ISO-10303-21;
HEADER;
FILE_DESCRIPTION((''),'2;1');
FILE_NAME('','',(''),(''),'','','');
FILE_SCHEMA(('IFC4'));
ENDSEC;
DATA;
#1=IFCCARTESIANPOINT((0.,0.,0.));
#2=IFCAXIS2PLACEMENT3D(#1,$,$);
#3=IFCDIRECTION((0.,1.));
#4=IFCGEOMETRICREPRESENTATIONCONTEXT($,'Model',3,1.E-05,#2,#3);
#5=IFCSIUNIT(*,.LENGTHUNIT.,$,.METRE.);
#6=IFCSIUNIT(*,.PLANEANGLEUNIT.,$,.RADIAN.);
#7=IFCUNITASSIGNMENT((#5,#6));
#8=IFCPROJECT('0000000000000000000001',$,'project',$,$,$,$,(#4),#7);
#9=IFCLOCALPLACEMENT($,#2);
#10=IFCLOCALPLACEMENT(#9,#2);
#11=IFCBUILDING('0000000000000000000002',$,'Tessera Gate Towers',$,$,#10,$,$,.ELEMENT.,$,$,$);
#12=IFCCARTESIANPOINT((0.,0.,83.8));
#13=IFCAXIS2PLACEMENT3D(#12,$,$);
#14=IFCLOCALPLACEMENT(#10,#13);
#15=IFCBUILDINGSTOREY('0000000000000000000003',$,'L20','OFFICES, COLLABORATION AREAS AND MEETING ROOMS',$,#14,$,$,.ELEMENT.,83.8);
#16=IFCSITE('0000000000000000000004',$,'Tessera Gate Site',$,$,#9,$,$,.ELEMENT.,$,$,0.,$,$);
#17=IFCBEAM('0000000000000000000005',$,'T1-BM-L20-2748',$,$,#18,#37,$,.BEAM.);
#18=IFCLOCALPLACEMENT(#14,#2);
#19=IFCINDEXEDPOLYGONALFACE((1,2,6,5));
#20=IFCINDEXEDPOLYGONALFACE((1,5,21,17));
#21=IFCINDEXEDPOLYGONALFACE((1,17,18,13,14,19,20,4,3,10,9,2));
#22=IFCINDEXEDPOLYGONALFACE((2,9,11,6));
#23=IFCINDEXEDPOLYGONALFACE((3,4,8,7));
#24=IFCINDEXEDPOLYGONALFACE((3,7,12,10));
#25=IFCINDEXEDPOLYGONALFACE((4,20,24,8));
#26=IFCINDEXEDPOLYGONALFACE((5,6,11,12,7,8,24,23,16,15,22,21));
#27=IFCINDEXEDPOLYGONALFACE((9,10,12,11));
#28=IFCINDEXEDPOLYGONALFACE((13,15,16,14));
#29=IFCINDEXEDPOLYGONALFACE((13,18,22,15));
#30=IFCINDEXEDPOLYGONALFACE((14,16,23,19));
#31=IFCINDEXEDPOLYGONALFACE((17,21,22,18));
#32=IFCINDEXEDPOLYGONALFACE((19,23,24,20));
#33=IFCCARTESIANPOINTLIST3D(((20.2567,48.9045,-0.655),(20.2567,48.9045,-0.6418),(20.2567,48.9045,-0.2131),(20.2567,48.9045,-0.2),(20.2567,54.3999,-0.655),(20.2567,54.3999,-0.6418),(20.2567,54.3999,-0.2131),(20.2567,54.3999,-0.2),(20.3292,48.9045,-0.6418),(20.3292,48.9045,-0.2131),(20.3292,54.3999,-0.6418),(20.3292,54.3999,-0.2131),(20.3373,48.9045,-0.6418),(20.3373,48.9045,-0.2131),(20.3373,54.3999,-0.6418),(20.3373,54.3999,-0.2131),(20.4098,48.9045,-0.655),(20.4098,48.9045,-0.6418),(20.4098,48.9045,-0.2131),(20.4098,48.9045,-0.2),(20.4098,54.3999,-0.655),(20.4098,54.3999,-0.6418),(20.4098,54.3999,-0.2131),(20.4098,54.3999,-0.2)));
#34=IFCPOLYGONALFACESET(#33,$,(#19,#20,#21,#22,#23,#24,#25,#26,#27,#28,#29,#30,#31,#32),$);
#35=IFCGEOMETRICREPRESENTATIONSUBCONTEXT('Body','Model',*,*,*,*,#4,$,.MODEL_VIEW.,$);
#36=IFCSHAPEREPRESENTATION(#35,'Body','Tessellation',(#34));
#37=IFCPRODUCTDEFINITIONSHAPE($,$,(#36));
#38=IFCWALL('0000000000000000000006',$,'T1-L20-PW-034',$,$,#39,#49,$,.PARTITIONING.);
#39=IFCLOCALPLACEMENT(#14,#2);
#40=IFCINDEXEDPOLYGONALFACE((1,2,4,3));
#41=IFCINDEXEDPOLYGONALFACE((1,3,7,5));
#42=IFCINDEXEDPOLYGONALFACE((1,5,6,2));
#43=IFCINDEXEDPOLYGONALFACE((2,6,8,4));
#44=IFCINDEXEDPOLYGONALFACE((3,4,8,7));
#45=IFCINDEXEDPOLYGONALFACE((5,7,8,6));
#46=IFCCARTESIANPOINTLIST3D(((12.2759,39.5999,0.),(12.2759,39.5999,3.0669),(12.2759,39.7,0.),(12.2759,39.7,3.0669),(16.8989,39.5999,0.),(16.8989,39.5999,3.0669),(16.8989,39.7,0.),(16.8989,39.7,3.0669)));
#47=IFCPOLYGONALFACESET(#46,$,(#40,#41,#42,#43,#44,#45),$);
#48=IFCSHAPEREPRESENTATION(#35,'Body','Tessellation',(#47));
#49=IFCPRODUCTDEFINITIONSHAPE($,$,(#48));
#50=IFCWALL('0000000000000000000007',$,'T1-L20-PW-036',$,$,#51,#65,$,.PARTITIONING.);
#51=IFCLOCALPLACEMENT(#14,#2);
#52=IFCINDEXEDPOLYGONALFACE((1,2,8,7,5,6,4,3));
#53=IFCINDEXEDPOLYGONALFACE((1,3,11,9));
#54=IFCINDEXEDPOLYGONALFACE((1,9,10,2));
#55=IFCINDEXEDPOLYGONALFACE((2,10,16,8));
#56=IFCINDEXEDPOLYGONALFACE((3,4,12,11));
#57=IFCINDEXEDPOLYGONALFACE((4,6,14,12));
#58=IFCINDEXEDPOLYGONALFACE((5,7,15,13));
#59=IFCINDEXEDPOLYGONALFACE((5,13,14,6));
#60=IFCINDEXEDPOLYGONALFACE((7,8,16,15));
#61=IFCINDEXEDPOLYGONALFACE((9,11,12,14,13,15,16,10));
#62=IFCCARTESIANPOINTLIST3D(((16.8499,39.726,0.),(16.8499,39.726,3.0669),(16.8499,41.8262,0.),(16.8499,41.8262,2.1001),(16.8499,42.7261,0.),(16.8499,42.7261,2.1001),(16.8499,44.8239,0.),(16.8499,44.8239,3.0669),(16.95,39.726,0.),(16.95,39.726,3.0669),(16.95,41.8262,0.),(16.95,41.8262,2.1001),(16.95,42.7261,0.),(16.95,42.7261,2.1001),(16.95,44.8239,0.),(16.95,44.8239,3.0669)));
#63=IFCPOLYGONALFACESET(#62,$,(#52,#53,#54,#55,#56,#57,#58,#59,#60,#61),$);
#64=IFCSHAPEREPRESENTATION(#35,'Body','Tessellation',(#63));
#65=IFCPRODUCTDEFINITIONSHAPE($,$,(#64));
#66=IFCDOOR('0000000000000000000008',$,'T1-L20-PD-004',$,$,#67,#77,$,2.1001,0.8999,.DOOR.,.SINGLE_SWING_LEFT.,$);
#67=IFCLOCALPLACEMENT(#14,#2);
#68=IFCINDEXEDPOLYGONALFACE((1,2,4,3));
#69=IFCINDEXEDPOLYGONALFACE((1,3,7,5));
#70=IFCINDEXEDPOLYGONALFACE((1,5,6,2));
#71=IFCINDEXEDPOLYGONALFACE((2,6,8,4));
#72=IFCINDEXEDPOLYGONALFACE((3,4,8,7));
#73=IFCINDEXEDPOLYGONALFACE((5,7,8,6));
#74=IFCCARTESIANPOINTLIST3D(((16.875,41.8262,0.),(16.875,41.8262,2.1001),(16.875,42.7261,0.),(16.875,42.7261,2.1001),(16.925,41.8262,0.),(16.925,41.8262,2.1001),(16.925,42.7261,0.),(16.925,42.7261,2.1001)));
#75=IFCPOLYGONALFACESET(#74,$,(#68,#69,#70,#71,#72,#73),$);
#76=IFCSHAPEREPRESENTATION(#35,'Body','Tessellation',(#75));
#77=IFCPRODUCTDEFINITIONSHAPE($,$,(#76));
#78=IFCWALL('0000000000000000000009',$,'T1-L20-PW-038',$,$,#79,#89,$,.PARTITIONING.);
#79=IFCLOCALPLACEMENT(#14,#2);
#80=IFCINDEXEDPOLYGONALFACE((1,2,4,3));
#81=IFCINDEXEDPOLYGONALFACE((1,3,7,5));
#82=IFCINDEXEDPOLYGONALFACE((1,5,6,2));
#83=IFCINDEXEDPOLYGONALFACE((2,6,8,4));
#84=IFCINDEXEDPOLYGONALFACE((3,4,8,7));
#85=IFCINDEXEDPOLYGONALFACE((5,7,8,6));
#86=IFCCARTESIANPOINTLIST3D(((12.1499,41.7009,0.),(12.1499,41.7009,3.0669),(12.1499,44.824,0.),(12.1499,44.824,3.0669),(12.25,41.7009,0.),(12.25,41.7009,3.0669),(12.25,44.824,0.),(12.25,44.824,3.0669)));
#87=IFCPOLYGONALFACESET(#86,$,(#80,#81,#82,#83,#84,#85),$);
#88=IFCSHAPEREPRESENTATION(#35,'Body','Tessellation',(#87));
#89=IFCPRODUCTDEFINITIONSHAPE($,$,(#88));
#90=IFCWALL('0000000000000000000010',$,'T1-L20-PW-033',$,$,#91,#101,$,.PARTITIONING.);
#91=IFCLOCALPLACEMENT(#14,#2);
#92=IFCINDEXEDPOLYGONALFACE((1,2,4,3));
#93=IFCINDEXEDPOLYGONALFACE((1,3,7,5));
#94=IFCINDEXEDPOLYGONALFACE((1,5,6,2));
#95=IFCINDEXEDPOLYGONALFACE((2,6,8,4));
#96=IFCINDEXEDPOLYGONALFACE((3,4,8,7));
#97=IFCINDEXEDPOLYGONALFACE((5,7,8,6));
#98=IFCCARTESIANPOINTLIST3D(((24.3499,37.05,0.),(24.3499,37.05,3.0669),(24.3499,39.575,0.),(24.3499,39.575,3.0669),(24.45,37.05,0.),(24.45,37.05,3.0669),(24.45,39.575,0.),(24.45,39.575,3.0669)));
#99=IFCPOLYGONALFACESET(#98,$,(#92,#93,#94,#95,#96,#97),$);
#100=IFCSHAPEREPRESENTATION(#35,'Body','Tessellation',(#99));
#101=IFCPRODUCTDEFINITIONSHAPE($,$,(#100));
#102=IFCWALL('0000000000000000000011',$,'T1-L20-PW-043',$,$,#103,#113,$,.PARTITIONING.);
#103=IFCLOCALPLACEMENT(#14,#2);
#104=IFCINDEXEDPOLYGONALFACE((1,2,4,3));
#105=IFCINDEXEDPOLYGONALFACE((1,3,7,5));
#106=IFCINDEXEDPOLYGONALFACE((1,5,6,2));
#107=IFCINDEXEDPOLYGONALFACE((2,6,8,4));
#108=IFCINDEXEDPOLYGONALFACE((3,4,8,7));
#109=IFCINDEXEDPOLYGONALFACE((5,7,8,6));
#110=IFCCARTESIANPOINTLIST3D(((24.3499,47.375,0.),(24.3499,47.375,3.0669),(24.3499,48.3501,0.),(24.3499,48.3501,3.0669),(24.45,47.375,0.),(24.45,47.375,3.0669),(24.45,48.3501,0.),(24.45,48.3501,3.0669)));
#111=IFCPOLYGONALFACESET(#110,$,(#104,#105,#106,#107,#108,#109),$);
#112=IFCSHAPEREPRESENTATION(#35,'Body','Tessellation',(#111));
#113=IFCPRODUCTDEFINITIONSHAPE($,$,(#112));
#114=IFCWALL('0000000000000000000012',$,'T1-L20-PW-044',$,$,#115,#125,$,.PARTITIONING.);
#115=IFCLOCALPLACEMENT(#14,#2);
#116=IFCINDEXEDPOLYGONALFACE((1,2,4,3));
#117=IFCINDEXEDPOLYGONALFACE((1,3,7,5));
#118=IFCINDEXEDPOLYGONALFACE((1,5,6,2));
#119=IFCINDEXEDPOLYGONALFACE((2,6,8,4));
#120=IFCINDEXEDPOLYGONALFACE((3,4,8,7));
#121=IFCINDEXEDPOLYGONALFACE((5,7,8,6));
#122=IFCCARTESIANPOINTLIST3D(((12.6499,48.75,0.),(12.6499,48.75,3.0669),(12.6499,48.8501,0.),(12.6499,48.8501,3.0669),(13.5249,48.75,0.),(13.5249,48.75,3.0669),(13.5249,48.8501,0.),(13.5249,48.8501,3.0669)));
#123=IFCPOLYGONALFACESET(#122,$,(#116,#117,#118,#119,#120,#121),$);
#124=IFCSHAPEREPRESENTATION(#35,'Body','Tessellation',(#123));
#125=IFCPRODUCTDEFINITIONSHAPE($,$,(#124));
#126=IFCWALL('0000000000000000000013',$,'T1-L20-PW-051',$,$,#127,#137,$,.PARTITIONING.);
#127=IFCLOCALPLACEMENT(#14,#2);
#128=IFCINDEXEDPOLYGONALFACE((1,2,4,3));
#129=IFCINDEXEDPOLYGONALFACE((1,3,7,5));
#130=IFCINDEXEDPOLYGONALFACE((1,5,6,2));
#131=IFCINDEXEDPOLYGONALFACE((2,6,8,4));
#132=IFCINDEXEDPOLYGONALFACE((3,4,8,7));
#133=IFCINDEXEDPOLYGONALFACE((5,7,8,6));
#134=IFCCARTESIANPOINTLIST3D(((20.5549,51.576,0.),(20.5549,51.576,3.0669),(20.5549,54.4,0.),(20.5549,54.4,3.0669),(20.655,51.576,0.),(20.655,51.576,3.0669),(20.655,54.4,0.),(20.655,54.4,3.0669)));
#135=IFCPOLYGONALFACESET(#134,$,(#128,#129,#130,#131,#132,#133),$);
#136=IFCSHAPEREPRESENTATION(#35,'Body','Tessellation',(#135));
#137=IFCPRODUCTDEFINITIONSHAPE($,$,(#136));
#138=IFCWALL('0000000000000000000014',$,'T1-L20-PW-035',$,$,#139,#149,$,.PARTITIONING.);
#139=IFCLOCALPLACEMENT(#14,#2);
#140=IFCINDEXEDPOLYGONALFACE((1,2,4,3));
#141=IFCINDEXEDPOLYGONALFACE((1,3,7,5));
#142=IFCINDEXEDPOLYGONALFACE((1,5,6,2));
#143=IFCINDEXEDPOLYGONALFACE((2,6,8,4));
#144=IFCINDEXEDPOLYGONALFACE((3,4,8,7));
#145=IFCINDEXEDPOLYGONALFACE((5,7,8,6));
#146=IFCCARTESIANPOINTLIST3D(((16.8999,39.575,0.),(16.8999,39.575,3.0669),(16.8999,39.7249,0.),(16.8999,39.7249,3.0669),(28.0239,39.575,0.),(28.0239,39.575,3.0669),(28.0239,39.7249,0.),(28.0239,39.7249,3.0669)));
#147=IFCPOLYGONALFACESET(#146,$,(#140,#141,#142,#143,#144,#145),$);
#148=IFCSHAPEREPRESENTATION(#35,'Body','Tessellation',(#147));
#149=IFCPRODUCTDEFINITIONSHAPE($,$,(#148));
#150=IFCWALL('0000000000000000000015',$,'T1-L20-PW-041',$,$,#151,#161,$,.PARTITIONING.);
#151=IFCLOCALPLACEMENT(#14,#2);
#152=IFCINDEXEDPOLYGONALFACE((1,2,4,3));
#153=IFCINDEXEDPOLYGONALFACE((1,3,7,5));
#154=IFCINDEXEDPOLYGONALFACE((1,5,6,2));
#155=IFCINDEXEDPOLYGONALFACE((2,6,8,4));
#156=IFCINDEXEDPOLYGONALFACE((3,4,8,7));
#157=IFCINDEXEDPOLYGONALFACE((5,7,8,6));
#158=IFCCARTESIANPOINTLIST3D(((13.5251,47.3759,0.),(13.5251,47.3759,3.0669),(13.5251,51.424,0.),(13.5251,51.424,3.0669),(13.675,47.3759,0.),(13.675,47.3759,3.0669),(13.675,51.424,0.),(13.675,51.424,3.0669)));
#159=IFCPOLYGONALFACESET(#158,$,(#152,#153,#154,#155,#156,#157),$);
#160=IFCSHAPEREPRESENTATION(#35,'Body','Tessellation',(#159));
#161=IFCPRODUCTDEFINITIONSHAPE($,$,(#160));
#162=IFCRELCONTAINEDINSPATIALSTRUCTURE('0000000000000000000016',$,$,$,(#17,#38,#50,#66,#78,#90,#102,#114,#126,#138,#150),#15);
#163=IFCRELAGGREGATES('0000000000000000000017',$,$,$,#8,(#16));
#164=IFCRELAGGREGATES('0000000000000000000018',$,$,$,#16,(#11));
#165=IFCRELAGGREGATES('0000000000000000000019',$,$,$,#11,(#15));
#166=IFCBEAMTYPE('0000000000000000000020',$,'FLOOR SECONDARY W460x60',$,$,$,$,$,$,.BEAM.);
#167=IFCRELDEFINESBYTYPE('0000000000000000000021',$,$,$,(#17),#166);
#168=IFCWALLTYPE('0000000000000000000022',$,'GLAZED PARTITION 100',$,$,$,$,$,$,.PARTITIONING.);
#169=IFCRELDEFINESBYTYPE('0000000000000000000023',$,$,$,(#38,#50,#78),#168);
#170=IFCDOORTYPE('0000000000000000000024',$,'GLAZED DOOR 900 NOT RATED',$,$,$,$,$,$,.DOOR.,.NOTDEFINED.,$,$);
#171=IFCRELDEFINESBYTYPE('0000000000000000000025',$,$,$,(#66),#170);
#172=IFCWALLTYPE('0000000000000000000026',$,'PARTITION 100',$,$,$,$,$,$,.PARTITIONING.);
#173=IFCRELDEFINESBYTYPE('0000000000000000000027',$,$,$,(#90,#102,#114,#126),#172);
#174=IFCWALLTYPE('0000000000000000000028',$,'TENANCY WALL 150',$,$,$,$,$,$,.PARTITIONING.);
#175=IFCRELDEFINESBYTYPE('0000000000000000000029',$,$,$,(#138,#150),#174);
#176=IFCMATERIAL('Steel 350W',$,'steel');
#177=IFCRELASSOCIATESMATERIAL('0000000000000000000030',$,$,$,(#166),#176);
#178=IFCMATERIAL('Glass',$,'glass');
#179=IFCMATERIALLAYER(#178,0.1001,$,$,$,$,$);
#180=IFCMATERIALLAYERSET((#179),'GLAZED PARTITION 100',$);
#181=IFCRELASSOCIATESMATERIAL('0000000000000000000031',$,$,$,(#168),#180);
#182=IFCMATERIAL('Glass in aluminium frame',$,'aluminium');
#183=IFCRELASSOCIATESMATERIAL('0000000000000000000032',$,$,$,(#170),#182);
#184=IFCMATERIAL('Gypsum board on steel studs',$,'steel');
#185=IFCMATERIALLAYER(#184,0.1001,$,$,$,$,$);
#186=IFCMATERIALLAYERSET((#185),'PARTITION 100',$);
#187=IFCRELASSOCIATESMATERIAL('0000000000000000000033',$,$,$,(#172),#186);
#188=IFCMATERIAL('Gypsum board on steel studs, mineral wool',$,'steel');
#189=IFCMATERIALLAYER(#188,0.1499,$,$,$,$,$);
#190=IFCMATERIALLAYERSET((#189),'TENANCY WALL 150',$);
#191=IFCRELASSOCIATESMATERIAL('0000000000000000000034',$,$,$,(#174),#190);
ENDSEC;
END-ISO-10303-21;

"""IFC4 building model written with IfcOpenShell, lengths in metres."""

from ifc_helpers import new_model, si_unit, direction, frame, frame_2d, origin, origin_2d, place, context, subcontext, project, spatial, rectangle, i_section, extrude, source, transform, mapped, material, layer, layer_set, material_profile, profile_set, type_object, element, fill, save


model = new_model("IFC4")

# Units and contexts
model_context = context("Model", 3, precision=1e-05, world=origin(), true_north=direction((0.0, 1.0)))
body_context = subcontext(model_context, "Body", "Model", "MODEL_VIEW")
ifc_project = project(units=[si_unit("LENGTHUNIT", "METRE"), si_unit("PLANEANGLEUNIT", "RADIAN")], contexts=[model_context])

# Site, building, storey
site_placement = place(None, origin())
site = spatial("IfcSite", under=ifc_project, at=site_placement, Name="Tessera Gate Site", CompositionType="ELEMENT", RefElevation=0.0)
building_placement = place(site_placement, origin())
building = spatial("IfcBuilding", under=site, at=building_placement, Name="Tessera Gate Towers", CompositionType="ELEMENT")
storey_placement = place(building_placement, frame((0.0, 0.0, 83.8)))
storey = spatial("IfcBuildingStorey", under=building, at=storey_placement, Name="L20", Description="OFFICES, COLLABORATION AREAS AND MEETING ROOMS", CompositionType="ELEMENT", Elevation=83.8)

# Beam
ifc_material_1 = material(Name="Steel 350W", Category="steel")
ifc_material_profile_1 = material_profile(ifc_material_1, i_section(OverallWidth=0.1531, OverallDepth=0.4551, WebThickness=0.0081, FlangeThickness=0.0132, at=origin_2d()), Name="W460x60")
ifc_profile_set_1 = profile_set([ifc_material_profile_1], Name="Steel 350W")
beam_type_1 = type_object("IfcBeamType", Name="FLOOR SECONDARY W460x60", PredefinedType="BEAM", material=ifc_profile_set_1)
beam_1_placement = place(storey_placement, frame((20.3333, 48.9045, -0.4275), z_axis=(0.0, 1.0, 0.0), x_axis=(-1.0, 0.0, 0.0)))
element("IfcBeam", 1, at=beam_1_placement, inside=storey, type_object=beam_type_1, Name="T1-BM-L20-2748", PredefinedType="BEAM", context=body_context, shape_type="SweptSolid", body=[
    extrude(i_section(OverallWidth=0.1531, OverallDepth=0.4551, WebThickness=0.0081, FlangeThickness=0.0132, at=origin_2d()), origin(), (0.0, 0.0, 1.0), 5.4954),
])

# Wall
ifc_material_2 = material(Name="Glass", Category="glass")
ifc_layer_1 = layer(ifc_material_2, 0.1001)
ifc_layer_set_1 = layer_set([ifc_layer_1], Name="GLAZED PARTITION 100")
wall_type_1 = type_object("IfcWallType", Name="GLAZED PARTITION 100", PredefinedType="PARTITIONING", material=ifc_layer_set_1)
wall_1_placement = place(storey_placement, frame((12.2759, 39.6499, 0.0), z_axis=(0.0, 0.0, 1.0), x_axis=(1.0, 0.0, 0.0)))
element("IfcWall", 2, at=wall_1_placement, inside=storey, type_object=wall_type_1, Name="T1-L20-PW-034", PredefinedType="PARTITIONING", context=body_context, shape_type="SweptSolid", body=[
    extrude(rectangle(XDim=4.623, YDim=0.1001, at=frame_2d((2.3115, 0.0))), origin(), (0.0, 0.0, 1.0), 3.0669),
])

# Wall, opening, door
wall_2_placement = place(storey_placement, frame((16.8999, 39.7261, 0.0), z_axis=(0.0, 0.0, 1.0), x_axis=(0.0, 1.0, 0.0)))
wall_2 = element("IfcWall", 3, at=wall_2_placement, inside=storey, type_object=wall_type_1, Name="T1-L20-PW-036", PredefinedType="PARTITIONING", context=body_context, shape_type="SweptSolid", body=[
    extrude(rectangle(XDim=5.0979, YDim=0.1001, at=frame_2d((2.5488, 0.0))), origin(), (0.0, 0.0, 1.0), 3.0669),
])
shared_shape_1 = source(origin(), body_context, "Body", "SweptSolid", [
    extrude(rectangle(XDim=0.8999, YDim=2.1001, at=frame_2d((0.45, 1.05))), frame((0.0, 0.0601, 0.0), z_axis=(0.0, -1.0, 0.0), x_axis=(1.0, 0.0, 0.0)), (0.0, 0.0, 1.0), 0.1201),
])
opening_1_placement = place(wall_2_placement, frame((2.1001, 0.0, 0.0)))
opening_1 = element("IfcOpeningElement", 4, at=opening_1_placement, cuts=wall_2, PredefinedType="OPENING", context=body_context, shape_type="MappedRepresentation", body=[
    mapped(shared_shape_1, transform((0.0, 0.0, 0.0), scale=1.0)),
])
ifc_material_3 = material(Name="Glass in aluminium frame", Category="aluminium")
door_type_1 = type_object("IfcDoorType", Name="GLAZED DOOR 900 NOT RATED", OperationType="NOTDEFINED", PredefinedType="DOOR", material=ifc_material_3)
shared_shape_2 = source(origin(), body_context, "Body", "SweptSolid", [
    extrude(rectangle(XDim=0.8999, YDim=2.1001, at=frame_2d((0.45, 1.05))), frame((0.0, 0.0249, 0.0), z_axis=(0.0, -1.0, 0.0), x_axis=(1.0, 0.0, 0.0)), (0.0, 0.0, 1.0), 0.05),
])
door_1_placement = place(opening_1_placement, origin())
door_1 = element("IfcDoor", 5, at=door_1_placement, inside=storey, type_object=door_type_1, Name="T1-L20-PD-004", OperationType="SINGLE_SWING_LEFT", OverallHeight=2.1001, OverallWidth=0.8999, PredefinedType="DOOR", context=body_context, shape_type="MappedRepresentation", body=[
    mapped(shared_shape_2, transform((0.0, 0.0, 0.0), scale=1.0)),
])
fill(opening_1, door_1)

# Walls
wall_3_placement = place(storey_placement, frame((12.2, 41.7009, 0.0), z_axis=(0.0, 0.0, 1.0), x_axis=(0.0, 1.0, 0.0)))
element("IfcWall", 6, at=wall_3_placement, inside=storey, type_object=wall_type_1, Name="T1-L20-PW-038", PredefinedType="PARTITIONING", context=body_context, shape_type="SweptSolid", body=[
    extrude(rectangle(XDim=3.123, YDim=0.1001, at=frame_2d((1.5615, 0.0))), origin(), (0.0, 0.0, 1.0), 3.0669),
])
ifc_material_4 = material(Name="Gypsum board on steel studs", Category="steel")
ifc_layer_2 = layer(ifc_material_4, 0.1001)
ifc_layer_set_2 = layer_set([ifc_layer_2], Name="PARTITION 100")
wall_type_2 = type_object("IfcWallType", Name="PARTITION 100", PredefinedType="PARTITIONING", material=ifc_layer_set_2)
wall_4_placement = place(storey_placement, frame((24.3999, 37.05, 0.0), z_axis=(0.0, 0.0, 1.0), x_axis=(0.0, 1.0, 0.0)))
element("IfcWall", 7, at=wall_4_placement, inside=storey, type_object=wall_type_2, Name="T1-L20-PW-033", PredefinedType="PARTITIONING", context=body_context, shape_type="SweptSolid", body=[
    extrude(rectangle(XDim=2.5249, YDim=0.1001, at=frame_2d((1.2625, 0.0))), origin(), (0.0, 0.0, 1.0), 3.0669),
])
wall_5_placement = place(storey_placement, frame((24.3999, 48.3501, 0.0), z_axis=(0.0, 0.0, 1.0), x_axis=(0.0, -1.0, 0.0)))
element("IfcWall", 8, at=wall_5_placement, inside=storey, type_object=wall_type_2, Name="T1-L20-PW-043", PredefinedType="PARTITIONING", context=body_context, shape_type="SweptSolid", body=[
    extrude(rectangle(XDim=0.9751, YDim=0.1001, at=frame_2d((0.4875, 0.0))), origin(), (0.0, 0.0, 1.0), 3.0669),
])
wall_6_placement = place(storey_placement, frame((12.6499, 48.8, 0.0), z_axis=(0.0, 0.0, 1.0), x_axis=(1.0, 0.0, 0.0)))
element("IfcWall", 9, at=wall_6_placement, inside=storey, type_object=wall_type_2, Name="T1-L20-PW-044", PredefinedType="PARTITIONING", context=body_context, shape_type="SweptSolid", body=[
    extrude(rectangle(XDim=0.875, YDim=0.1001, at=frame_2d((0.4375, 0.0))), origin(), (0.0, 0.0, 1.0), 3.0669),
])
wall_7_placement = place(storey_placement, frame((20.605, 51.5759, 0.0), z_axis=(0.0, 0.0, 1.0), x_axis=(0.0, 1.0, 0.0)))
element("IfcWall", 10, at=wall_7_placement, inside=storey, type_object=wall_type_2, Name="T1-L20-PW-051", PredefinedType="PARTITIONING", context=body_context, shape_type="SweptSolid", body=[
    extrude(rectangle(XDim=2.824, YDim=0.1001, at=frame_2d((1.4121, 0.0))), origin(), (0.0, 0.0, 1.0), 3.0669),
])
ifc_material_5 = material(Name="Gypsum board on steel studs, mineral wool", Category="steel")
ifc_layer_3 = layer(ifc_material_5, 0.1499)
ifc_layer_set_3 = layer_set([ifc_layer_3], Name="TENANCY WALL 150")
wall_type_3 = type_object("IfcWallType", Name="TENANCY WALL 150", PredefinedType="PARTITIONING", material=ifc_layer_set_3)
wall_8_placement = place(storey_placement, frame((16.8999, 39.6499, 0.0), z_axis=(0.0, 0.0, 1.0), x_axis=(1.0, 0.0, 0.0)))
element("IfcWall", 11, at=wall_8_placement, inside=storey, type_object=wall_type_3, Name="T1-L20-PW-035", PredefinedType="PARTITIONING", context=body_context, shape_type="SweptSolid", body=[
    extrude(rectangle(XDim=11.124, YDim=0.1499, at=frame_2d((5.562, 0.0))), origin(), (0.0, 0.0, 1.0), 3.0669),
])
wall_9_placement = place(storey_placement, frame((13.6001, 47.376, 0.0), z_axis=(0.0, 0.0, 1.0), x_axis=(0.0, 1.0, 0.0)))
element("IfcWall", 12, at=wall_9_placement, inside=storey, type_object=wall_type_3, Name="T1-L20-PW-041", PredefinedType="PARTITIONING", context=body_context, shape_type="SweptSolid", body=[
    extrude(rectangle(XDim=4.0481, YDim=0.1499, at=frame_2d((2.0239, 0.0))), origin(), (0.0, 0.0, 1.0), 3.0669),
])

save(model, "model.ifc")
